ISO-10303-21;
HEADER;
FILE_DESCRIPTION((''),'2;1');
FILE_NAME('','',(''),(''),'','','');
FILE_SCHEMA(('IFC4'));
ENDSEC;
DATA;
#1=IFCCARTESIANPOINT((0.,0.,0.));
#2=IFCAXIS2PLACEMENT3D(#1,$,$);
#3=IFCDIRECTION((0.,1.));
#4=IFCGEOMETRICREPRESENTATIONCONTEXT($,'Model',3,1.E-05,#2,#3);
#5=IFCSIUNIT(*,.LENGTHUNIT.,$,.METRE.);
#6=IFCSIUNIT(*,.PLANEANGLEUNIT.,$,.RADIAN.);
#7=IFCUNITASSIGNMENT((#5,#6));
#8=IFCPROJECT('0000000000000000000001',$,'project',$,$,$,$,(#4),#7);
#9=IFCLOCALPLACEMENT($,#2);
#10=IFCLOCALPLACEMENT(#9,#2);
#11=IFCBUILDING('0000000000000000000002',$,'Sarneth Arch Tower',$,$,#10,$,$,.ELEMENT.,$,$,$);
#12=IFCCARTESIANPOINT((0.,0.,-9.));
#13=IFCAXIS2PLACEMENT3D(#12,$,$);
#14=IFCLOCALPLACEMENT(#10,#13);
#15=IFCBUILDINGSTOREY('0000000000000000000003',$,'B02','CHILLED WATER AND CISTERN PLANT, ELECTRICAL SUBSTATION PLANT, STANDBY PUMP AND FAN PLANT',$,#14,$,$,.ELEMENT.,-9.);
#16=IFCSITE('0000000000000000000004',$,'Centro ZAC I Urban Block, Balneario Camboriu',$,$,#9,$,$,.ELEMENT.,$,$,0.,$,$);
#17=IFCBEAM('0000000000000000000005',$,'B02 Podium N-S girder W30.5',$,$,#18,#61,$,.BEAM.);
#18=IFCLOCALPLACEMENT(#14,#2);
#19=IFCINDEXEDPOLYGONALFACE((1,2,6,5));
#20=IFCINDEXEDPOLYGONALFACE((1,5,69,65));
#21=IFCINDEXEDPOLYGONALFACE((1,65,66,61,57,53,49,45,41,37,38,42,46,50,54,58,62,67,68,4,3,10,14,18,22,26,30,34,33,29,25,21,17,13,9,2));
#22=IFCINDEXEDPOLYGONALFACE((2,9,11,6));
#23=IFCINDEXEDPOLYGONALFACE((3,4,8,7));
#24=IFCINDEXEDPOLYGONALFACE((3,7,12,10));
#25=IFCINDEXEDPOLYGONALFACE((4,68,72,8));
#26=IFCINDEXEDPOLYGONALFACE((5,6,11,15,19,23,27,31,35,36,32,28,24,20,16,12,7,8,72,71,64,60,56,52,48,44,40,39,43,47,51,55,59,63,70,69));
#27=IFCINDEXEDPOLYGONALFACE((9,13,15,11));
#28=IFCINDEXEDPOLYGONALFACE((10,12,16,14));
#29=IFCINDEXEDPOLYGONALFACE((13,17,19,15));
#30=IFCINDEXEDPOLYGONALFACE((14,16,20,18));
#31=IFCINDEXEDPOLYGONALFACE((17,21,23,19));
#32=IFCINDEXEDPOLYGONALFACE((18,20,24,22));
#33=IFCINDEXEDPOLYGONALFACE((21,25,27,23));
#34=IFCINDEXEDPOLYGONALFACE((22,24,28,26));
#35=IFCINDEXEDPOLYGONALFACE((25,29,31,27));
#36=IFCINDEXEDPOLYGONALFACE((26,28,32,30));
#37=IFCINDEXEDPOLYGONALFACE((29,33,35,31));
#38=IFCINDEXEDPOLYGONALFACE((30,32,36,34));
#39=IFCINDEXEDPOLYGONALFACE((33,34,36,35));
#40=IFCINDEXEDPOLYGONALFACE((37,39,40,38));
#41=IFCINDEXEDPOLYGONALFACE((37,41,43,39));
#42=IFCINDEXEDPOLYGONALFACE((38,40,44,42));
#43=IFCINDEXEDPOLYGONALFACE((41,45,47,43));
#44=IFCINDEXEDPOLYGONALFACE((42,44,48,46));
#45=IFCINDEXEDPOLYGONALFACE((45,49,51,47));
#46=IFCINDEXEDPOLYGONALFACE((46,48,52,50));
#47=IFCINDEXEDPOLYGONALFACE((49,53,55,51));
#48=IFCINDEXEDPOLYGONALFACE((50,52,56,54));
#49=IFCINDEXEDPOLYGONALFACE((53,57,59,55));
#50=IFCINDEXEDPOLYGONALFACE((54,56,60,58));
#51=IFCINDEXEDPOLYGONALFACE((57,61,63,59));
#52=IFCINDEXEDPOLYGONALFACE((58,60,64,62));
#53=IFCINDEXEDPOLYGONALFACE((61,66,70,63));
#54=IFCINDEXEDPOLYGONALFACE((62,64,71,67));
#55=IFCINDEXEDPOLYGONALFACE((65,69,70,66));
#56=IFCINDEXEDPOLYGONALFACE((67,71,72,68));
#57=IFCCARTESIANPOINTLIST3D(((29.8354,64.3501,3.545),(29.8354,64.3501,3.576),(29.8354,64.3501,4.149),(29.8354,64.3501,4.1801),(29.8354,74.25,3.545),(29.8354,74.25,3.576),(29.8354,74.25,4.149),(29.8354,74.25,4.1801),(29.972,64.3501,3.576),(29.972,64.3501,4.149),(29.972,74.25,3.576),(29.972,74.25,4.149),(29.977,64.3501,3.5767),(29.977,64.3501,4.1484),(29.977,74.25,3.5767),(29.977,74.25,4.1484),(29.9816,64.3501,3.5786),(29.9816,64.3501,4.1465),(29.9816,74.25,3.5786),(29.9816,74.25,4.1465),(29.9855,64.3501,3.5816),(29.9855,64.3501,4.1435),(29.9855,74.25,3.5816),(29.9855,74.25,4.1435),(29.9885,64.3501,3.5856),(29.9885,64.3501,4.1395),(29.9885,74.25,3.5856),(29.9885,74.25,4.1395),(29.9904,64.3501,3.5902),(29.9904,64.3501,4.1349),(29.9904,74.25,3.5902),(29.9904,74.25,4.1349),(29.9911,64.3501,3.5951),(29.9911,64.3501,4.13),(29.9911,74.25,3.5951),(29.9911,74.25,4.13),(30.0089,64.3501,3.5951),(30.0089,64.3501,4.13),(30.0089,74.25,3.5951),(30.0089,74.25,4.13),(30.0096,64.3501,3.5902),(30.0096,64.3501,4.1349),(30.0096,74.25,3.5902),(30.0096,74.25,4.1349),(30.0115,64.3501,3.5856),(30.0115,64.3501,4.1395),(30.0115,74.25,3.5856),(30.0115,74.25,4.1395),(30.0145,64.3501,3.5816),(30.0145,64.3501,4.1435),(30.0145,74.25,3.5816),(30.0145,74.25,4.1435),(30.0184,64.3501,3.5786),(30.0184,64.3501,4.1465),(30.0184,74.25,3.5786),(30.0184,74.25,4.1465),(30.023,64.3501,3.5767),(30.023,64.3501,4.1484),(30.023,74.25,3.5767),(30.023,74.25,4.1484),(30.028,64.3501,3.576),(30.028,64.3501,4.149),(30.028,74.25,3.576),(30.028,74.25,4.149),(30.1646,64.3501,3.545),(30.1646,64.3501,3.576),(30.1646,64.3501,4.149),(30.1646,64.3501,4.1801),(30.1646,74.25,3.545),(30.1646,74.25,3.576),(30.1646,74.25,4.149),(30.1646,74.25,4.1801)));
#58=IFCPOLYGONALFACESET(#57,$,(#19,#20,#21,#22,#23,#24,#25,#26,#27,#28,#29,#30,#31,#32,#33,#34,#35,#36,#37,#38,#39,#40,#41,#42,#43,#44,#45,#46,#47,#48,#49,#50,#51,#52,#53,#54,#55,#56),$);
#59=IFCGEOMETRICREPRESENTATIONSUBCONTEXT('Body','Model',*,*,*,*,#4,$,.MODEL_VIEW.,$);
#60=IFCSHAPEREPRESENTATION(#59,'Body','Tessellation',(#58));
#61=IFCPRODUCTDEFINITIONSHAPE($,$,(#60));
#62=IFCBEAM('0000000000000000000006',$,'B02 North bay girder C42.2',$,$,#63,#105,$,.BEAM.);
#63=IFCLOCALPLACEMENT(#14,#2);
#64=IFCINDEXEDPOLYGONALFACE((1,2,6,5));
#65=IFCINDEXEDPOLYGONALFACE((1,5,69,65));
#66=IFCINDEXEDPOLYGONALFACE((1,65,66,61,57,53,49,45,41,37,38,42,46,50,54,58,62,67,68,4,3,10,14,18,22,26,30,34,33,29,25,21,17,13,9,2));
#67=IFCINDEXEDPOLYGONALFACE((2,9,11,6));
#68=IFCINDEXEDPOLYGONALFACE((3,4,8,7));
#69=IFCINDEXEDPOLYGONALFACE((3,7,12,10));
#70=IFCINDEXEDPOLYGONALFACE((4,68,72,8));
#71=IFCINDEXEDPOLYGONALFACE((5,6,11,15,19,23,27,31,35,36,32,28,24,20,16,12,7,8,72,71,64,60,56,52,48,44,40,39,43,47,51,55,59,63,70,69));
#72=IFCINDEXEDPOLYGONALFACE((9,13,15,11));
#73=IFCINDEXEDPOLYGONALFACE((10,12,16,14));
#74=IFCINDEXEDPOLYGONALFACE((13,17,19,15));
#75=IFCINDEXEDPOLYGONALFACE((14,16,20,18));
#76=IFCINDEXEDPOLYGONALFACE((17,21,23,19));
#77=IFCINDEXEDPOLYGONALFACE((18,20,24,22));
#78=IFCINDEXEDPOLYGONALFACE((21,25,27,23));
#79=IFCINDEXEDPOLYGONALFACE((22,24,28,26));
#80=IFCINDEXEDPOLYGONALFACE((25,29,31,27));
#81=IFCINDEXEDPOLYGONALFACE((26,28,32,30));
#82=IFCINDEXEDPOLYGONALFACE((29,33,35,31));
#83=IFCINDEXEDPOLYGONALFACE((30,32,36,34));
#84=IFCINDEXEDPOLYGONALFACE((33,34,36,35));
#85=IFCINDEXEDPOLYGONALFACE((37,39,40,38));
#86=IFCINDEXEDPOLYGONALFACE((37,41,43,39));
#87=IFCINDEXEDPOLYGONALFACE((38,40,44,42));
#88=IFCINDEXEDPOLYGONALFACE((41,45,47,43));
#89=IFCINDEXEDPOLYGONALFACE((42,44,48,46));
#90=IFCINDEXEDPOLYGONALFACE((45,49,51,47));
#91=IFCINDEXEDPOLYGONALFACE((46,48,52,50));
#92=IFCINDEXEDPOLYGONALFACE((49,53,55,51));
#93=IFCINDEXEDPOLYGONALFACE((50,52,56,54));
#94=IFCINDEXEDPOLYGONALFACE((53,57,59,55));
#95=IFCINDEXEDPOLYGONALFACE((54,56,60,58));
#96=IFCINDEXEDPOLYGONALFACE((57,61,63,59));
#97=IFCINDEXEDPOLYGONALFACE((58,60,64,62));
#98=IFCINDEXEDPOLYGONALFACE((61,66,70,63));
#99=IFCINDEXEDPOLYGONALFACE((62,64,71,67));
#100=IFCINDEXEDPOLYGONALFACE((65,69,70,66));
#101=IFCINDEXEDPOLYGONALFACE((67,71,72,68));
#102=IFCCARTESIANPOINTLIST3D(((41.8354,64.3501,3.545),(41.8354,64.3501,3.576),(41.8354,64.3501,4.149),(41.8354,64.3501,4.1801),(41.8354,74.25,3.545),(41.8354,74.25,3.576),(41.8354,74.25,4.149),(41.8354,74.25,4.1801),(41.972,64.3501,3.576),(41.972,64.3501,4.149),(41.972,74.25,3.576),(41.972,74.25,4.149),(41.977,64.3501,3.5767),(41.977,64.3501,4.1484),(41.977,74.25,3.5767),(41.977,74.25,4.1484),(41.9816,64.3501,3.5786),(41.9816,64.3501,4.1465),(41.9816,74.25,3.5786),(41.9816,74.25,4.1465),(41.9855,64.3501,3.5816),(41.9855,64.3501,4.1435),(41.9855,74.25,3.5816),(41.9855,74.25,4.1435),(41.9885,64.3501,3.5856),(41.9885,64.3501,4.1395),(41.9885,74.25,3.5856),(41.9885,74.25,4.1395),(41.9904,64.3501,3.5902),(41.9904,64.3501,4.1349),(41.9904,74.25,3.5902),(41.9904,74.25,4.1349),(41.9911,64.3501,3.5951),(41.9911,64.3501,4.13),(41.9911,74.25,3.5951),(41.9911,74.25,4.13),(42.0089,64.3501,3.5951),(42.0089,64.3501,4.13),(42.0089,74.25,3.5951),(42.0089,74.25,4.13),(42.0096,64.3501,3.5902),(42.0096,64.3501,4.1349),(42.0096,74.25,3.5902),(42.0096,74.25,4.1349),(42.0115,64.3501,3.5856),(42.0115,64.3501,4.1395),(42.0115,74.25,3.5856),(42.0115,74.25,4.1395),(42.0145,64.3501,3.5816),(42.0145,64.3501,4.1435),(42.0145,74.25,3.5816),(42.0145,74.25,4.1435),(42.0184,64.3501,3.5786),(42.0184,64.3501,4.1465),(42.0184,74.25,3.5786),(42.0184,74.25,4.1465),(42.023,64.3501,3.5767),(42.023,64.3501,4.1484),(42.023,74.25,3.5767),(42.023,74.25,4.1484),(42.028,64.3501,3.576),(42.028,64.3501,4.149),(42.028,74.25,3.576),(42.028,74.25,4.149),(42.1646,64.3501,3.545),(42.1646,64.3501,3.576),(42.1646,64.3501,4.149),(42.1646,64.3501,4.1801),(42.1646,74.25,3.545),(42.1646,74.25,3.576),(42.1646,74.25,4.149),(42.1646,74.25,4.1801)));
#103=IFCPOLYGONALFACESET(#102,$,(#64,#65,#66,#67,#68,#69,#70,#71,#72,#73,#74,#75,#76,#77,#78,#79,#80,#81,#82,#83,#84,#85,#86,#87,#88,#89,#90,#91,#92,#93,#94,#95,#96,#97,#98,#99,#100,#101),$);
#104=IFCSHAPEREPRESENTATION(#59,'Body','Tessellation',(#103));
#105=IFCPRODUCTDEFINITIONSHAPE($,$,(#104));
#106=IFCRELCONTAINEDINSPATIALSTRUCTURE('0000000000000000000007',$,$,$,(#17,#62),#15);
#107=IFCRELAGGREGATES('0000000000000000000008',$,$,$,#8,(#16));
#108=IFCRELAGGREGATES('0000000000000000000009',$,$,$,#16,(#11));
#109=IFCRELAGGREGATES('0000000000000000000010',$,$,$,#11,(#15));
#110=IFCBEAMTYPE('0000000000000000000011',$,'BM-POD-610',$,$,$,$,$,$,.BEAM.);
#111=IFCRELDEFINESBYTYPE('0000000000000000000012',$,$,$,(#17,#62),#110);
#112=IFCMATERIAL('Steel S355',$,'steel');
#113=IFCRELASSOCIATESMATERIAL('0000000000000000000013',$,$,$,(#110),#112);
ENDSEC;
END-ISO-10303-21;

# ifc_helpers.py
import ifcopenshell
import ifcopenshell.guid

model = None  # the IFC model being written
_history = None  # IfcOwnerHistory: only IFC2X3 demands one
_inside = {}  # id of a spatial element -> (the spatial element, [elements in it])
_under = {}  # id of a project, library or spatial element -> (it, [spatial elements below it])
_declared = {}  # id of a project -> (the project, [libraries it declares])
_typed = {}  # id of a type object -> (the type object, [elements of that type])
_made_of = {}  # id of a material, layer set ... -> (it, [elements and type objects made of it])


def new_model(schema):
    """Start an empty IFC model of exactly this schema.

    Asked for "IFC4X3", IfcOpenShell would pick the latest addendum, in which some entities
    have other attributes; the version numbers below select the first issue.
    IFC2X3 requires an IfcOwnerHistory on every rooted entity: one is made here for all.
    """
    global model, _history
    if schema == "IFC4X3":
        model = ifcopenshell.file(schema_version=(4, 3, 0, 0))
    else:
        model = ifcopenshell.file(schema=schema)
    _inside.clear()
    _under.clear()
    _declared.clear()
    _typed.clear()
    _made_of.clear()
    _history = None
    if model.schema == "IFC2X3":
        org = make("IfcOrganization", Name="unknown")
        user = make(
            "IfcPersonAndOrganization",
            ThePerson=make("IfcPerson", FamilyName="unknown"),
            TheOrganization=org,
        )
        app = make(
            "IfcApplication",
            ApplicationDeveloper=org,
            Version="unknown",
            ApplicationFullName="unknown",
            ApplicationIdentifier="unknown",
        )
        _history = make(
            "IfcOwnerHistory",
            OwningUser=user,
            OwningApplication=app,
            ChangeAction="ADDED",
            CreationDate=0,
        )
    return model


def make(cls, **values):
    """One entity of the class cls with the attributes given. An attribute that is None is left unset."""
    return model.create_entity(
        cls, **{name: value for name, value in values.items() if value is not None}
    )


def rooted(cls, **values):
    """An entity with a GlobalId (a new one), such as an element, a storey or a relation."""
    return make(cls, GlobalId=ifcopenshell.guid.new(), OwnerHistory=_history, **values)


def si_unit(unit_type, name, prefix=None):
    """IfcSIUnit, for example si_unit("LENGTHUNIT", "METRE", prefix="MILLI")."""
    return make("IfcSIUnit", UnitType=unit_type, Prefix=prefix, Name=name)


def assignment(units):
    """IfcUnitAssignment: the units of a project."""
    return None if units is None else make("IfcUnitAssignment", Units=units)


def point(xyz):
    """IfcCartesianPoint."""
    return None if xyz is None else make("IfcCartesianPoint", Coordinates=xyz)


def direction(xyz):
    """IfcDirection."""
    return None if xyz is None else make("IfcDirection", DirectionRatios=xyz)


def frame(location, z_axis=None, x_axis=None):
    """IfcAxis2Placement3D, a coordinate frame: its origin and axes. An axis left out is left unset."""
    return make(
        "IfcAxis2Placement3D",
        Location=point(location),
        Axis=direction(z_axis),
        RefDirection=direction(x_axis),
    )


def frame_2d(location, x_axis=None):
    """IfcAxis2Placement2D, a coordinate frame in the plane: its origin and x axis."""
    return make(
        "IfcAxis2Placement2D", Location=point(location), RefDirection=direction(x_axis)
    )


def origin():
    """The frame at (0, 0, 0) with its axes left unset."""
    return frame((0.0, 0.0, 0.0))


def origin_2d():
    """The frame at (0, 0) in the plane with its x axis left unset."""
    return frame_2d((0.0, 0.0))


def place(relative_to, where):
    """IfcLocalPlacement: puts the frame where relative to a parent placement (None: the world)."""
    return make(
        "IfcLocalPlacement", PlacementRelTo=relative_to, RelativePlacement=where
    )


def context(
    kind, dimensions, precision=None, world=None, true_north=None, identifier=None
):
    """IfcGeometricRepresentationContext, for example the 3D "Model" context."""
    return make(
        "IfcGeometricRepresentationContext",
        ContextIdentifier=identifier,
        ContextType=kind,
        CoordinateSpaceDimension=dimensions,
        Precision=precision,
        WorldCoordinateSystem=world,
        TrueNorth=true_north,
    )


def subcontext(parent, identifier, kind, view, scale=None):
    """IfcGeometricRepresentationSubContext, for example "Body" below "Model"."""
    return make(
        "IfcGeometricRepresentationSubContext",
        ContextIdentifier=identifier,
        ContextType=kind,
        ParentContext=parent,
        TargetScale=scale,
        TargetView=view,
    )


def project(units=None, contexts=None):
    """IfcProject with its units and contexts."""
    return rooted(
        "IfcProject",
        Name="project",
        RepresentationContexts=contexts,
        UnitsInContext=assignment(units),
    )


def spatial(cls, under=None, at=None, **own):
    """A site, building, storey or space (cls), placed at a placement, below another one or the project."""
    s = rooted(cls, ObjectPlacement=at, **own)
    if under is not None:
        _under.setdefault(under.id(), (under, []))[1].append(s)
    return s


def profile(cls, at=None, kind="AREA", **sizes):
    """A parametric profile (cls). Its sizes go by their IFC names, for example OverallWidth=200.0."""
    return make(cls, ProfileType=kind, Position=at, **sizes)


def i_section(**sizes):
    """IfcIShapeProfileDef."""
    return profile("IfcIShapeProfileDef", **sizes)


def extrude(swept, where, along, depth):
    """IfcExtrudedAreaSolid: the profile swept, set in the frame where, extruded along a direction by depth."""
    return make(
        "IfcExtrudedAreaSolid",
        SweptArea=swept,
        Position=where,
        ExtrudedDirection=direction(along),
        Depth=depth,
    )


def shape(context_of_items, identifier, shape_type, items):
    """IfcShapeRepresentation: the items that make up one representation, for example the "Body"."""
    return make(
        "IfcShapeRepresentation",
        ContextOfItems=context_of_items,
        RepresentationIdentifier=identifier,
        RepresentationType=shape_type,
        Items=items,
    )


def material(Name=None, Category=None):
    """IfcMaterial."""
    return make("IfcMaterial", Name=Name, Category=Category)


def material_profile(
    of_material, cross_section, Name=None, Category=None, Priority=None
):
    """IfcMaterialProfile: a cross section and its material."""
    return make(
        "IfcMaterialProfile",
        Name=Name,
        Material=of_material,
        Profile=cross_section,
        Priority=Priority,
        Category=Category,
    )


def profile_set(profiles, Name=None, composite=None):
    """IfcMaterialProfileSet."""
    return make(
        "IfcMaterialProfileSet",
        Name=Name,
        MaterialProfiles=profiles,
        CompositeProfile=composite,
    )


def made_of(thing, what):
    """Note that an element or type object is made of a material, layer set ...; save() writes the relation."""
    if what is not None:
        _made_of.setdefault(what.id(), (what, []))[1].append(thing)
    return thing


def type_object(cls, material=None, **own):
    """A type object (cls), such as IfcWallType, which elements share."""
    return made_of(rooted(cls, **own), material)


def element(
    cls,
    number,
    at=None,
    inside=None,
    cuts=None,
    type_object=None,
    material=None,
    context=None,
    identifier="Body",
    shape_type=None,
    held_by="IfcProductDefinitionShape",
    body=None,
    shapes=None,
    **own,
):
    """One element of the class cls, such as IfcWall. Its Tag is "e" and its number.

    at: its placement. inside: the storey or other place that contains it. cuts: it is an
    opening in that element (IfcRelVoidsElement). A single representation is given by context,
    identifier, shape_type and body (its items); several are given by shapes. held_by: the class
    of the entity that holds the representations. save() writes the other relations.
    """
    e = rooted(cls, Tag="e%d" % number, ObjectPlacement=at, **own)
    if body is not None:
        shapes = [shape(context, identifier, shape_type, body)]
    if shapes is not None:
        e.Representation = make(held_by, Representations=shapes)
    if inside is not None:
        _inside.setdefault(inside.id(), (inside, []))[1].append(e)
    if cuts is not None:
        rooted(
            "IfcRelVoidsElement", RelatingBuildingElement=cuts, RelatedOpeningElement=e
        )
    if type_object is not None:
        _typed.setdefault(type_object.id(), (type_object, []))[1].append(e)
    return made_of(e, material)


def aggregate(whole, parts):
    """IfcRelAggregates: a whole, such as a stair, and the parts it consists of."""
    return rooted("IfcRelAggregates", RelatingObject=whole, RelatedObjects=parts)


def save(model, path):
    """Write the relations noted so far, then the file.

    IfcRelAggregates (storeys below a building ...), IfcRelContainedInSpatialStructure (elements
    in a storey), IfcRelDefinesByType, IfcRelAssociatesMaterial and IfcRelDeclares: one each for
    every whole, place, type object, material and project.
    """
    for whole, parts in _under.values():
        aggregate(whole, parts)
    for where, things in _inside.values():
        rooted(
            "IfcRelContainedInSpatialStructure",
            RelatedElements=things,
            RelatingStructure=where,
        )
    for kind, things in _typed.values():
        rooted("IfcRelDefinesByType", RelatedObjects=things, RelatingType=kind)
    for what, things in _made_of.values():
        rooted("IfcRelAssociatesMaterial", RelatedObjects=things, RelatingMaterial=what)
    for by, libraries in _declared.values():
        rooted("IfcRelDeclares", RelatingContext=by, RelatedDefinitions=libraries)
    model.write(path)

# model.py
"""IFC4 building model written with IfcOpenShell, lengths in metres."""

from ifc_helpers import new_model, si_unit, direction, frame, origin, origin_2d, place, context, subcontext, project, spatial, i_section, extrude, material, material_profile, profile_set, type_object, element, save


model = new_model("IFC4")

# Units and contexts
model_context = context("Model", 3, precision=1e-05, world=origin(), true_north=direction((0.0, 1.0)))
body_context = subcontext(model_context, "Body", "Model", "MODEL_VIEW")
ifc_project = project(units=[si_unit("LENGTHUNIT", "METRE"), si_unit("PLANEANGLEUNIT", "RADIAN")], contexts=[model_context])

# Site, building, storey
site_placement = place(None, origin())
site = spatial("IfcSite", under=ifc_project, at=site_placement, Name="Centro ZAC I Urban Block, Balneario Camboriu", CompositionType="ELEMENT", RefElevation=0.0)
building_placement = place(site_placement, origin())
building = spatial("IfcBuilding", under=site, at=building_placement, Name="Sarneth Arch Tower", CompositionType="ELEMENT")
storey_placement = place(building_placement, frame((0.0, 0.0, -9.0)))
storey = spatial("IfcBuildingStorey", under=building, at=storey_placement, Name="B02", Description="CHILLED WATER AND CISTERN PLANT, ELECTRICAL SUBSTATION PLANT, STANDBY PUMP AND FAN PLANT", CompositionType="ELEMENT", Elevation=-9.0)

# Beams
ifc_material_1 = material(Name="Steel S355", Category="steel")
ifc_material_profile_1 = material_profile(ifc_material_1, i_section(OverallWidth=0.3291, OverallDepth=0.635, WebThickness=0.0178, FlangeThickness=0.031, FilletRadius=0.019, at=origin_2d()), Name="W610x241")
ifc_profile_set_1 = profile_set([ifc_material_profile_1], Name="Steel S355")
beam_type = type_object("IfcBeamType", Name="BM-POD-610", PredefinedType="BEAM", material=ifc_profile_set_1)
for number, where, z_axis, x_axis, name in (
    (1, (30.0, 64.3501, 3.8625), (0.0, 1.0, 0.0), (-1.0, 0.0, 0.0), "B02 Podium N-S girder W30.5"),
    (2, (42.0, 64.3501, 3.8625), (0.0, 1.0, 0.0), (-1.0, 0.0, 0.0), "B02 North bay girder C42.2"),
):
    element("IfcBeam", number, at=place(storey_placement, frame(where, z_axis=z_axis, x_axis=x_axis)), inside=storey, type_object=beam_type, Name=name, PredefinedType="BEAM", context=body_context, shape_type="SweptSolid", body=[
        extrude(i_section(OverallWidth=0.3291, OverallDepth=0.635, WebThickness=0.0178, FlangeThickness=0.031, FilletRadius=0.019, at=origin_2d()), origin(), (0.0, 0.0, 1.0), 9.8999),
    ])

save(model, "model.ifc")
